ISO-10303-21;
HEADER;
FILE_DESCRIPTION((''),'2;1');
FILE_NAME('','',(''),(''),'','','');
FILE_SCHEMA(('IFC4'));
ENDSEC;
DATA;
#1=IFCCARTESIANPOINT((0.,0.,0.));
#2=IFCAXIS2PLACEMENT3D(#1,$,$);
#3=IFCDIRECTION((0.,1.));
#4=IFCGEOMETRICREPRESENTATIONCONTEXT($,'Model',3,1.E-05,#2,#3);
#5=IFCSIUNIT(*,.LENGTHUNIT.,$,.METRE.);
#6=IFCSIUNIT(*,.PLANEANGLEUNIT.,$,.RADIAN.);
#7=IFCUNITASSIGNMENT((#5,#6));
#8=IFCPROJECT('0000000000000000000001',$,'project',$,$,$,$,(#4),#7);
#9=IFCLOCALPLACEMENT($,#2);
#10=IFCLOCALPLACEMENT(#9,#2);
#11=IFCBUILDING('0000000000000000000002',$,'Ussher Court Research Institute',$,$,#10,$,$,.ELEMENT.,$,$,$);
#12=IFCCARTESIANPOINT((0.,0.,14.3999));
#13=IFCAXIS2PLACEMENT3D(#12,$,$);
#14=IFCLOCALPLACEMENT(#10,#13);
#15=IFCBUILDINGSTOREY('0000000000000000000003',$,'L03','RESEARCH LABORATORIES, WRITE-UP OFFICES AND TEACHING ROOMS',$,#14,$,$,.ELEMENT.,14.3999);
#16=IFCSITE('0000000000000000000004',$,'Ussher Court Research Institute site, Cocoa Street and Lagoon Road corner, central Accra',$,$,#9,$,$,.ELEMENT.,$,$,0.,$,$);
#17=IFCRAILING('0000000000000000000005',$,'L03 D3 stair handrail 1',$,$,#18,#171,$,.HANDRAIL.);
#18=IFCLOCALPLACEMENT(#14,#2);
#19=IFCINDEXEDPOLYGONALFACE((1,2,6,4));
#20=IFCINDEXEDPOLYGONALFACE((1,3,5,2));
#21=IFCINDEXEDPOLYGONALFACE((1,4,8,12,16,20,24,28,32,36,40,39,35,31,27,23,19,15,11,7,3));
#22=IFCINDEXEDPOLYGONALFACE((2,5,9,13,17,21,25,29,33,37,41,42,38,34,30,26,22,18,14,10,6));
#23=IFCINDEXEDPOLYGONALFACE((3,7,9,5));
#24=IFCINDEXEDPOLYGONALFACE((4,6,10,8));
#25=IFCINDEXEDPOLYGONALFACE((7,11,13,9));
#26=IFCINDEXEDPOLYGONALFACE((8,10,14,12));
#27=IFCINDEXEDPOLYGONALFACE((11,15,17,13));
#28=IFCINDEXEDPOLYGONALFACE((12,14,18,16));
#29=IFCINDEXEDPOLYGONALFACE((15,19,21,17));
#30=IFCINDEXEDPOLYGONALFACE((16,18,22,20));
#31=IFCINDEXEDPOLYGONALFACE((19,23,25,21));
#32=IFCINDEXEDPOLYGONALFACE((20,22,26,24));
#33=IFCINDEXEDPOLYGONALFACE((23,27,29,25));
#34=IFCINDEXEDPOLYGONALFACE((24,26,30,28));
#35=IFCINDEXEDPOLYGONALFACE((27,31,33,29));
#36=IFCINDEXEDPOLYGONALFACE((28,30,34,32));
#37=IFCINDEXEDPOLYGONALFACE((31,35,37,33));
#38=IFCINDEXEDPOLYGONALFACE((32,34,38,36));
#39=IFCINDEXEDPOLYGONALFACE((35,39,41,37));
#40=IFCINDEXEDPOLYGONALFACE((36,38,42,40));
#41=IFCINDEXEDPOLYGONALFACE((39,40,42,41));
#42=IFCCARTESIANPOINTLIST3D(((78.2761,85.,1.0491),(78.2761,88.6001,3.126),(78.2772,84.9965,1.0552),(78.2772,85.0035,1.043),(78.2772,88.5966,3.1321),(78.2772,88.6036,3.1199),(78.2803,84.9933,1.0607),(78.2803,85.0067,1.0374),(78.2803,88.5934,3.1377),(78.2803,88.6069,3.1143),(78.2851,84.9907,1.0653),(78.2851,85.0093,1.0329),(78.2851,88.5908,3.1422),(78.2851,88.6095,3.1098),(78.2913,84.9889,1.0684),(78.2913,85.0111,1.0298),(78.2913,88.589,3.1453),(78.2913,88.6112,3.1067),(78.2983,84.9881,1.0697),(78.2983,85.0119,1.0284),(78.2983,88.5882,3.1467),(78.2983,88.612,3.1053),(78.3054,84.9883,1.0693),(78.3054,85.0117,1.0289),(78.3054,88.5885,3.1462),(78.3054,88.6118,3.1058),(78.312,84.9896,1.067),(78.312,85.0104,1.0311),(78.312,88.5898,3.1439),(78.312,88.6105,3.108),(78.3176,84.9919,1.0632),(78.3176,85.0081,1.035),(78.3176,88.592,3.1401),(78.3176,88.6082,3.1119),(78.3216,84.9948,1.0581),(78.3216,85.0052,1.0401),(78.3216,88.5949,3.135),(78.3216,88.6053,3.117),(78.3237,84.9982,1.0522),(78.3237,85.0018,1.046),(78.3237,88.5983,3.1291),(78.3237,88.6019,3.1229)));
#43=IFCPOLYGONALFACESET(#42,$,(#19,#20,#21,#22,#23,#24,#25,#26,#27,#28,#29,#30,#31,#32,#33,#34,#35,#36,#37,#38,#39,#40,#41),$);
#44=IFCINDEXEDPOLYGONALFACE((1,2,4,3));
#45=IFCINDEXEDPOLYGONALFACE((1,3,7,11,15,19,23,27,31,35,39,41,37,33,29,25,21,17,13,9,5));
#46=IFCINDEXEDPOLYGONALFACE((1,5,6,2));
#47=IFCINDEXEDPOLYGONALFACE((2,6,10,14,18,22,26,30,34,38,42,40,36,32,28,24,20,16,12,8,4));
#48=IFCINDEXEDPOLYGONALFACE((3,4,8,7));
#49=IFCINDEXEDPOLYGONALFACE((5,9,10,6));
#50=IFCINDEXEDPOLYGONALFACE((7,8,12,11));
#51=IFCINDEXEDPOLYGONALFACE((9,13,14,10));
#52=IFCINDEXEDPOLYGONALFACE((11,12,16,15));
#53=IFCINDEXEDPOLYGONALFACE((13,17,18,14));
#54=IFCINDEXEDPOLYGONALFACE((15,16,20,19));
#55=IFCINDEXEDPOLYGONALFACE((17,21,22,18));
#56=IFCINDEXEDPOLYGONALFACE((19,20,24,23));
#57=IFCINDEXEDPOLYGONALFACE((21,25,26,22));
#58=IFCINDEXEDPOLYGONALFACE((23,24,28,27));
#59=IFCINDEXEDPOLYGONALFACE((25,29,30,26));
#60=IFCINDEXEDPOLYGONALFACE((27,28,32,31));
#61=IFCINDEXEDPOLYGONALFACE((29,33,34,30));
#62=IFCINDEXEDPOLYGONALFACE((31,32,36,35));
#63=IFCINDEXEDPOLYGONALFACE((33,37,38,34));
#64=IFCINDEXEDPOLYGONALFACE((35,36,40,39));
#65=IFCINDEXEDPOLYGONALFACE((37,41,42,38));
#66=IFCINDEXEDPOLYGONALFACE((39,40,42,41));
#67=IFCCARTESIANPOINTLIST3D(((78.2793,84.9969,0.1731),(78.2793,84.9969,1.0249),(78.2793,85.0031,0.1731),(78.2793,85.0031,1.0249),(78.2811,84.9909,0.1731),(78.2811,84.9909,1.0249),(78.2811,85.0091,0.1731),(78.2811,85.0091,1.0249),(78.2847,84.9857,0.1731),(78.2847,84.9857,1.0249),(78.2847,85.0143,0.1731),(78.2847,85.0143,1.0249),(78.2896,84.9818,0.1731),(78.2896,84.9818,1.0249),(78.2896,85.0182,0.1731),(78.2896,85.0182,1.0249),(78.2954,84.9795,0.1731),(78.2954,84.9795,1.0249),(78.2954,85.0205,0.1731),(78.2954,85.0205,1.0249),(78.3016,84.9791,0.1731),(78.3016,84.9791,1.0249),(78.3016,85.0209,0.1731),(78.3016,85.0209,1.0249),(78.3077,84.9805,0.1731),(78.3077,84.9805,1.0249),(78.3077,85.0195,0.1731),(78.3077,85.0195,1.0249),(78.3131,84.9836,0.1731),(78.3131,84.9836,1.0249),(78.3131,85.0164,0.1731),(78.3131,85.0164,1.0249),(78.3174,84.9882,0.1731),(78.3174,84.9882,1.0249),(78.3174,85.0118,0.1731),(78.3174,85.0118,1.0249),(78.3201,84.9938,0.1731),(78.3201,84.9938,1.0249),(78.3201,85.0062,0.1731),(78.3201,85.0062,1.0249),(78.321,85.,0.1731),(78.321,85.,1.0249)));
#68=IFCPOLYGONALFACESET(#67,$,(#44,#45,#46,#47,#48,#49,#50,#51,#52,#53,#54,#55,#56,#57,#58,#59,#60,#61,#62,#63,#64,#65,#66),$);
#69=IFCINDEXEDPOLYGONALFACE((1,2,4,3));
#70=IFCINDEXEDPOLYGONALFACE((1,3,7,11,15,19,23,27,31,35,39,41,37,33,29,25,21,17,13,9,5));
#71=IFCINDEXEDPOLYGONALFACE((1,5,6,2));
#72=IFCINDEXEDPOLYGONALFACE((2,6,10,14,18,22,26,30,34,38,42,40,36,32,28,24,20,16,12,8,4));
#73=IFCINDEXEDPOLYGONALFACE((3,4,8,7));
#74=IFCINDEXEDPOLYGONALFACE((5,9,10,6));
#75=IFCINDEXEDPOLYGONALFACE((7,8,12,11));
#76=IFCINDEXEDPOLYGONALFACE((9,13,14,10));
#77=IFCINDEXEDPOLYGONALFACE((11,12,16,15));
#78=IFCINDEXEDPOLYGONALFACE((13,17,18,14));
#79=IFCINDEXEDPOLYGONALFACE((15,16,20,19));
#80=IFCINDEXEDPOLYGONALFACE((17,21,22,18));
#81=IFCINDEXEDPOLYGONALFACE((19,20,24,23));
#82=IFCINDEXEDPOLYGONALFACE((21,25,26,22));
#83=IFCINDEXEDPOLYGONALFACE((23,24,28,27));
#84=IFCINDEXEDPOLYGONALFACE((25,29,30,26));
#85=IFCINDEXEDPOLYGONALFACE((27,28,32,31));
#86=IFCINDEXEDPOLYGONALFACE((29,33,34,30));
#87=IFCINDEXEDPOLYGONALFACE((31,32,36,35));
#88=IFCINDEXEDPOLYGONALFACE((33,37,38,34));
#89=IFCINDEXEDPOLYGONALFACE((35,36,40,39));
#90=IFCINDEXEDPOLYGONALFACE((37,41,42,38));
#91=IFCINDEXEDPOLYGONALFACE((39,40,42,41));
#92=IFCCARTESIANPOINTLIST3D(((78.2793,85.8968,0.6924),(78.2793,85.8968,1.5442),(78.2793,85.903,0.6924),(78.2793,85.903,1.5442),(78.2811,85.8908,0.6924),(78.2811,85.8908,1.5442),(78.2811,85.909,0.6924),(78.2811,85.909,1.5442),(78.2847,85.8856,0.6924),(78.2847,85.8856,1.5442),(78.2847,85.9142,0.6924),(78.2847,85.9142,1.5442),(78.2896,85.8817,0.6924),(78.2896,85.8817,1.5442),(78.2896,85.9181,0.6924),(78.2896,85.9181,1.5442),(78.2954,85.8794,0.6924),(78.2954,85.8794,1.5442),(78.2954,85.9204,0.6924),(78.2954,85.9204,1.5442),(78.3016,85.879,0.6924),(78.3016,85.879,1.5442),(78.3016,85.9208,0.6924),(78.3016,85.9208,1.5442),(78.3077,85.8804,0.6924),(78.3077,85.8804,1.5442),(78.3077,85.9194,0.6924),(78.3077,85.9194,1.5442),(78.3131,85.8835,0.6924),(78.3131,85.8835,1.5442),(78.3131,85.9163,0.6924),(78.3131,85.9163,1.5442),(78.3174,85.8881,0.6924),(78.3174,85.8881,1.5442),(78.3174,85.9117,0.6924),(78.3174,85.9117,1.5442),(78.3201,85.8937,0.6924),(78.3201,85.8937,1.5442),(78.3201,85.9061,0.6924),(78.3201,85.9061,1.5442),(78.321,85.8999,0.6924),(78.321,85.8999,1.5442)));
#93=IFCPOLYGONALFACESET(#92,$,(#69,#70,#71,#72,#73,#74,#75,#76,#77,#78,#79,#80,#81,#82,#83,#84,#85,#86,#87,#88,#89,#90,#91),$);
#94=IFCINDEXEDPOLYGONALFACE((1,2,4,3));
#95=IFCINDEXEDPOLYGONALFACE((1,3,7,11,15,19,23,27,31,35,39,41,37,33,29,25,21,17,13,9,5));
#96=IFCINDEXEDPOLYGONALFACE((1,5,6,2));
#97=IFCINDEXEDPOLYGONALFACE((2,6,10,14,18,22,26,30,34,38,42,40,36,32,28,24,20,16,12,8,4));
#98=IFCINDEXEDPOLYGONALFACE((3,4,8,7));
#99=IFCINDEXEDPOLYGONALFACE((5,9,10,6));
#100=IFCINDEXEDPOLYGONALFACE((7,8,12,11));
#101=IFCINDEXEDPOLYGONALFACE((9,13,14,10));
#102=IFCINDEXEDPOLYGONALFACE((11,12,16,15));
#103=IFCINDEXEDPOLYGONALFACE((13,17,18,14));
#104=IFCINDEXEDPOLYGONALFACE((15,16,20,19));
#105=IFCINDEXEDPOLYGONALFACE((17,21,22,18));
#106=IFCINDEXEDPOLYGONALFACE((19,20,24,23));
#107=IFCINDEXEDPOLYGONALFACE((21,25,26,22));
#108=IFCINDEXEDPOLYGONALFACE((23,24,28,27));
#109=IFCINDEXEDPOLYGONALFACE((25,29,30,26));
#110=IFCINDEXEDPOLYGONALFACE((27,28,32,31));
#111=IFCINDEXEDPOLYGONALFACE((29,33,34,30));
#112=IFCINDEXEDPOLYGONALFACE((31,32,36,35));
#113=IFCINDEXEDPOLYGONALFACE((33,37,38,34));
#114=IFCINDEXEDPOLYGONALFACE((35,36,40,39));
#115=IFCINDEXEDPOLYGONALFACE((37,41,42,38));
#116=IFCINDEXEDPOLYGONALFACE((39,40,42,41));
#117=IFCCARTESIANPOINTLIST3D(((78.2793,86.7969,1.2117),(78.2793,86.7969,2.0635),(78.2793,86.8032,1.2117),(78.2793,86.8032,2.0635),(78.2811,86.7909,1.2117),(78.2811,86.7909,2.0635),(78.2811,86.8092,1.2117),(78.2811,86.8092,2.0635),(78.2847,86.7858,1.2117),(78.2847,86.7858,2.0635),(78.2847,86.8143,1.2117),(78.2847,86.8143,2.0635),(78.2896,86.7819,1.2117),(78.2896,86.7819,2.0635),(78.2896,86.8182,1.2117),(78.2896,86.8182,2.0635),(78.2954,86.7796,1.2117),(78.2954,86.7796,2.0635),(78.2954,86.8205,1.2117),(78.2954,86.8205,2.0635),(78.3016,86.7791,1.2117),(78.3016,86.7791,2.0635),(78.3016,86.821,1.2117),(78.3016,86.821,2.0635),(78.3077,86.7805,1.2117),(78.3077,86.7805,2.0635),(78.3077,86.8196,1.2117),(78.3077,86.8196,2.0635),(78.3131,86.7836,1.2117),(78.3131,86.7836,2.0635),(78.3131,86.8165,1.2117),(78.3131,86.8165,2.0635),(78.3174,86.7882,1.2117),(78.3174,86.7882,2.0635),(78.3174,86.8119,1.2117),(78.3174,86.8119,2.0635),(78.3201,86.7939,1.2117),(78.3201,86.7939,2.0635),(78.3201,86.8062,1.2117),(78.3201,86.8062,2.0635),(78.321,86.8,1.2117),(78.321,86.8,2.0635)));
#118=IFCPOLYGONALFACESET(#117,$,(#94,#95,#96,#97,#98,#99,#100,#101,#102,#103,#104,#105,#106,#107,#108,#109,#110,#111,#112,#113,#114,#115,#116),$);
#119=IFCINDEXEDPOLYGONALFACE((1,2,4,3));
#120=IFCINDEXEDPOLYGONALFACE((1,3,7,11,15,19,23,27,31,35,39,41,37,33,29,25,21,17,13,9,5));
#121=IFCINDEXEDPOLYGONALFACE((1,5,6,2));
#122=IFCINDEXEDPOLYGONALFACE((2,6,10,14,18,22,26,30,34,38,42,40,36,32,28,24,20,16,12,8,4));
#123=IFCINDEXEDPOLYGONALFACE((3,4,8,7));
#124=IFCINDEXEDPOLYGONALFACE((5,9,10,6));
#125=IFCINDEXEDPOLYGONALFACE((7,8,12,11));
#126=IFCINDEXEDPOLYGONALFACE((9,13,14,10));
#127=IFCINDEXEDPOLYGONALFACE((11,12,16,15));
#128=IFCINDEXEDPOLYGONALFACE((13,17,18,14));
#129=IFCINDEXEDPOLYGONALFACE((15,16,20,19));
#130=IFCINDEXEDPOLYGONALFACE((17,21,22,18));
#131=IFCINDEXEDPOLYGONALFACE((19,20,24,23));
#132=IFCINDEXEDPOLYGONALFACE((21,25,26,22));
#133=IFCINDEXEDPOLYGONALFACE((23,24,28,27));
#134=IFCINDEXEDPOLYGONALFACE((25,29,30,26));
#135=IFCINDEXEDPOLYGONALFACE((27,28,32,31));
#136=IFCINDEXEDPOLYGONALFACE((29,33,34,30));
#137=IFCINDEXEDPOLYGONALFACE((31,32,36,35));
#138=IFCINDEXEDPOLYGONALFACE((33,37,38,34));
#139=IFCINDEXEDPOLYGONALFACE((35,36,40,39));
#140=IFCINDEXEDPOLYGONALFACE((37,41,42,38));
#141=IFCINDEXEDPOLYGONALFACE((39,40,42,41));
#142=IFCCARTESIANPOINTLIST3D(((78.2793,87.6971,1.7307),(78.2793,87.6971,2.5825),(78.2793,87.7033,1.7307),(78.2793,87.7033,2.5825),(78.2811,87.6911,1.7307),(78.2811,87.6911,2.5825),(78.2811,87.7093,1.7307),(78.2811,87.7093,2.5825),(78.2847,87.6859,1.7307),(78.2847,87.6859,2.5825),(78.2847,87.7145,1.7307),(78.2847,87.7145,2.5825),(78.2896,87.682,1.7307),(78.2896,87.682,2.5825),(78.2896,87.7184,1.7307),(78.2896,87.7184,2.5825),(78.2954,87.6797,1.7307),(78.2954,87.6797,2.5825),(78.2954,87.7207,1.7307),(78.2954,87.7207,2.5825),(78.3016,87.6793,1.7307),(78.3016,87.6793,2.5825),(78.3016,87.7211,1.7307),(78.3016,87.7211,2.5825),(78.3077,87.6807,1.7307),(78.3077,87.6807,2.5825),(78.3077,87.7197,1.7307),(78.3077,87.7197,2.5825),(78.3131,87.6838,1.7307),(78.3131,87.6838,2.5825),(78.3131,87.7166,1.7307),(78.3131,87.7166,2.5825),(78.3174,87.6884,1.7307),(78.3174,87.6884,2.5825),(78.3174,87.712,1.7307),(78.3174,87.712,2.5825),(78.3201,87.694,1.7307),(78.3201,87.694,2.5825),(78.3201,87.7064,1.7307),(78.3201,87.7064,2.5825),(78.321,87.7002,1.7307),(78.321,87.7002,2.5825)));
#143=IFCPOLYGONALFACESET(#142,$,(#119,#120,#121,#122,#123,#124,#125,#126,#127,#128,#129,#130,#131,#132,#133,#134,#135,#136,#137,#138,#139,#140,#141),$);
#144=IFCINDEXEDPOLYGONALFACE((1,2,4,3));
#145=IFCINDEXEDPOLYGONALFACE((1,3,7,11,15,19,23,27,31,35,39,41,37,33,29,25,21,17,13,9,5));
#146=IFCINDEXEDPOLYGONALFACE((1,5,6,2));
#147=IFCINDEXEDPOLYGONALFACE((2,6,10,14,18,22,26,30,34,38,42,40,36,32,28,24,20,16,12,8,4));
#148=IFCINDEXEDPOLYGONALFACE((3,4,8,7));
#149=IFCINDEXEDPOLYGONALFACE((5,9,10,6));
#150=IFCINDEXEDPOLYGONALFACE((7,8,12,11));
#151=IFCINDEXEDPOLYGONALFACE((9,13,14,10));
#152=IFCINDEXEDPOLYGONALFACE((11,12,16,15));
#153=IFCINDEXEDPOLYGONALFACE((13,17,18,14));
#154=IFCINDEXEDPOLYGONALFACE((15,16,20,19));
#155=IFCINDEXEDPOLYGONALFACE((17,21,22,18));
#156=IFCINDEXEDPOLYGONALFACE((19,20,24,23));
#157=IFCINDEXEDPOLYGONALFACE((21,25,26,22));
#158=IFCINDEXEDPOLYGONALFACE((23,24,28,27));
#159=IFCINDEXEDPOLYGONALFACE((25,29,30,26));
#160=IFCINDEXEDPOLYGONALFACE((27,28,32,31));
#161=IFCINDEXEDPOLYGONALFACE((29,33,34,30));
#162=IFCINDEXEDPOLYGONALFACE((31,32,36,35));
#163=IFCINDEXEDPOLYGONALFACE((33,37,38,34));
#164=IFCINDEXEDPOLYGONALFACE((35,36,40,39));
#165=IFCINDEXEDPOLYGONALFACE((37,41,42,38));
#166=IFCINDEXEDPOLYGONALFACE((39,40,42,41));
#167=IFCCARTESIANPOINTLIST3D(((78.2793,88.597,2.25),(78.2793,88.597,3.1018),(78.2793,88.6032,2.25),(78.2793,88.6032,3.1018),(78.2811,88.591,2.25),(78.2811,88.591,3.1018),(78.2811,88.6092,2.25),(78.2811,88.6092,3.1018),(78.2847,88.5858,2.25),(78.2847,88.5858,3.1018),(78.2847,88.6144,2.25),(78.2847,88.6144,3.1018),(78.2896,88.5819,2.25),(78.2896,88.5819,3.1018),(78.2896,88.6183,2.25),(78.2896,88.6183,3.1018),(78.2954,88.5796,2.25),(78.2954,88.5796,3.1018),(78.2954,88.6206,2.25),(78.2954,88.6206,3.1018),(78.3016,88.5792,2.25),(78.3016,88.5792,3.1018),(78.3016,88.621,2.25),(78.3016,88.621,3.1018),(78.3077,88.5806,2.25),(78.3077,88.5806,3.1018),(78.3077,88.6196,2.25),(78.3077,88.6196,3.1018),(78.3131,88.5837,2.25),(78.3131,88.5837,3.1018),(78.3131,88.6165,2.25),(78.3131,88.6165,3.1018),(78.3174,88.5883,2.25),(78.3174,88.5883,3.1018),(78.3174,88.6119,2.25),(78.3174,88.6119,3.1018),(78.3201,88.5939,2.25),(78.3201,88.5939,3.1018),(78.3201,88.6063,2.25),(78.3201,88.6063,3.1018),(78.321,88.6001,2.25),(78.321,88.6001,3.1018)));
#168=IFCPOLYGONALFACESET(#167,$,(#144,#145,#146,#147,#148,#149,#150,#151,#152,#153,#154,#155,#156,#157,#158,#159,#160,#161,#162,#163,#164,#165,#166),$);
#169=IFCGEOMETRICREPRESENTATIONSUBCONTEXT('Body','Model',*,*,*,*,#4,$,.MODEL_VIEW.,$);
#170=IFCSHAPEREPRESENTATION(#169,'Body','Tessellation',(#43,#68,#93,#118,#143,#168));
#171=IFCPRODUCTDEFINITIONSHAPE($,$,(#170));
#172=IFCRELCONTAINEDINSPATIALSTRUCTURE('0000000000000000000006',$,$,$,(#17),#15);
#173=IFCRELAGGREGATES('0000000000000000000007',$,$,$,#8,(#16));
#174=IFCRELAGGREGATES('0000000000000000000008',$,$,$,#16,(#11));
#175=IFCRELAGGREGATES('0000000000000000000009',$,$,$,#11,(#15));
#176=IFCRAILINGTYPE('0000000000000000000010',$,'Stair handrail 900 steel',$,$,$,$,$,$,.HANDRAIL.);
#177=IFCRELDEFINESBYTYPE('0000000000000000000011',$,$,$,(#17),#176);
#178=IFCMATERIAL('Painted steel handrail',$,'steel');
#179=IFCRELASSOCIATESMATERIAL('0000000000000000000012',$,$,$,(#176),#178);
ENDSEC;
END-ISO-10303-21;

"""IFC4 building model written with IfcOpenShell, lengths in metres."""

from ifc_helpers import new_model, si_unit, direction, frame, origin, origin_2d, place, context, subcontext, project, spatial, circle, extrude, material, type_object, element, save


model = new_model("IFC4")

# Units and contexts
model_context = context("Model", 3, precision=1e-05, world=origin(), true_north=direction((0.0, 1.0)))
body_context = subcontext(model_context, "Body", "Model", "MODEL_VIEW")
ifc_project = project(units=[si_unit("LENGTHUNIT", "METRE"), si_unit("PLANEANGLEUNIT", "RADIAN")], contexts=[model_context])

# Site, building, storey
site_placement = place(None, origin())
site = spatial("IfcSite", under=ifc_project, at=site_placement, Name="Ussher Court Research Institute site, Cocoa Street and Lagoon Road corner, central Accra", CompositionType="ELEMENT", RefElevation=0.0)
building_placement = place(site_placement, origin())
building = spatial("IfcBuilding", under=site, at=building_placement, Name="Ussher Court Research Institute", CompositionType="ELEMENT")
storey_placement = place(building_placement, frame((0.0, 0.0, 14.3999)))
storey = spatial("IfcBuildingStorey", under=building, at=storey_placement, Name="L03", Description="RESEARCH LABORATORIES, WRITE-UP OFFICES AND TEACHING ROOMS", CompositionType="ELEMENT", Elevation=14.3999)

# Railing
ifc_material_1 = material(Name="Painted steel handrail", Category="steel")
railing_type_1 = type_object("IfcRailingType", Name="Stair handrail 900 steel", PredefinedType="HANDRAIL", material=ifc_material_1)
railing_1_placement = place(storey_placement, frame((78.3, 85.0, 0.1731)))
element("IfcRailing", 1, at=railing_1_placement, inside=storey, type_object=railing_type_1, Name="L03 D3 stair handrail 1", PredefinedType="HANDRAIL", context=body_context, shape_type="SweptSolid", body=[
    extrude(circle(Radius=0.0239, at=origin_2d()), frame((0.0, 0.0, 0.876), z_axis=(0.0, 0.866193, 0.499709), x_axis=(-1.0, 0.0, 0.0)), (0.0, 0.0, 1.0), 4.1562),
    extrude(circle(Radius=0.021, at=origin_2d()), origin(), (0.0, 0.0, 1.0), 0.8518),
    extrude(circle(Radius=0.021, at=origin_2d()), frame((0.0, 0.8999, 0.5193)), (0.0, 0.0, 1.0), 0.8518),
    extrude(circle(Radius=0.021, at=origin_2d()), frame((0.0, 1.8, 1.0386)), (0.0, 0.0, 1.0), 0.8518),
    extrude(circle(Radius=0.021, at=origin_2d()), frame((0.0, 2.7002, 1.5576)), (0.0, 0.0, 1.0), 0.8518),
    extrude(circle(Radius=0.021, at=origin_2d()), frame((0.0, 3.6001, 2.0769)), (0.0, 0.0, 1.0), 0.8518),
])

save(model, "model.ifc")
